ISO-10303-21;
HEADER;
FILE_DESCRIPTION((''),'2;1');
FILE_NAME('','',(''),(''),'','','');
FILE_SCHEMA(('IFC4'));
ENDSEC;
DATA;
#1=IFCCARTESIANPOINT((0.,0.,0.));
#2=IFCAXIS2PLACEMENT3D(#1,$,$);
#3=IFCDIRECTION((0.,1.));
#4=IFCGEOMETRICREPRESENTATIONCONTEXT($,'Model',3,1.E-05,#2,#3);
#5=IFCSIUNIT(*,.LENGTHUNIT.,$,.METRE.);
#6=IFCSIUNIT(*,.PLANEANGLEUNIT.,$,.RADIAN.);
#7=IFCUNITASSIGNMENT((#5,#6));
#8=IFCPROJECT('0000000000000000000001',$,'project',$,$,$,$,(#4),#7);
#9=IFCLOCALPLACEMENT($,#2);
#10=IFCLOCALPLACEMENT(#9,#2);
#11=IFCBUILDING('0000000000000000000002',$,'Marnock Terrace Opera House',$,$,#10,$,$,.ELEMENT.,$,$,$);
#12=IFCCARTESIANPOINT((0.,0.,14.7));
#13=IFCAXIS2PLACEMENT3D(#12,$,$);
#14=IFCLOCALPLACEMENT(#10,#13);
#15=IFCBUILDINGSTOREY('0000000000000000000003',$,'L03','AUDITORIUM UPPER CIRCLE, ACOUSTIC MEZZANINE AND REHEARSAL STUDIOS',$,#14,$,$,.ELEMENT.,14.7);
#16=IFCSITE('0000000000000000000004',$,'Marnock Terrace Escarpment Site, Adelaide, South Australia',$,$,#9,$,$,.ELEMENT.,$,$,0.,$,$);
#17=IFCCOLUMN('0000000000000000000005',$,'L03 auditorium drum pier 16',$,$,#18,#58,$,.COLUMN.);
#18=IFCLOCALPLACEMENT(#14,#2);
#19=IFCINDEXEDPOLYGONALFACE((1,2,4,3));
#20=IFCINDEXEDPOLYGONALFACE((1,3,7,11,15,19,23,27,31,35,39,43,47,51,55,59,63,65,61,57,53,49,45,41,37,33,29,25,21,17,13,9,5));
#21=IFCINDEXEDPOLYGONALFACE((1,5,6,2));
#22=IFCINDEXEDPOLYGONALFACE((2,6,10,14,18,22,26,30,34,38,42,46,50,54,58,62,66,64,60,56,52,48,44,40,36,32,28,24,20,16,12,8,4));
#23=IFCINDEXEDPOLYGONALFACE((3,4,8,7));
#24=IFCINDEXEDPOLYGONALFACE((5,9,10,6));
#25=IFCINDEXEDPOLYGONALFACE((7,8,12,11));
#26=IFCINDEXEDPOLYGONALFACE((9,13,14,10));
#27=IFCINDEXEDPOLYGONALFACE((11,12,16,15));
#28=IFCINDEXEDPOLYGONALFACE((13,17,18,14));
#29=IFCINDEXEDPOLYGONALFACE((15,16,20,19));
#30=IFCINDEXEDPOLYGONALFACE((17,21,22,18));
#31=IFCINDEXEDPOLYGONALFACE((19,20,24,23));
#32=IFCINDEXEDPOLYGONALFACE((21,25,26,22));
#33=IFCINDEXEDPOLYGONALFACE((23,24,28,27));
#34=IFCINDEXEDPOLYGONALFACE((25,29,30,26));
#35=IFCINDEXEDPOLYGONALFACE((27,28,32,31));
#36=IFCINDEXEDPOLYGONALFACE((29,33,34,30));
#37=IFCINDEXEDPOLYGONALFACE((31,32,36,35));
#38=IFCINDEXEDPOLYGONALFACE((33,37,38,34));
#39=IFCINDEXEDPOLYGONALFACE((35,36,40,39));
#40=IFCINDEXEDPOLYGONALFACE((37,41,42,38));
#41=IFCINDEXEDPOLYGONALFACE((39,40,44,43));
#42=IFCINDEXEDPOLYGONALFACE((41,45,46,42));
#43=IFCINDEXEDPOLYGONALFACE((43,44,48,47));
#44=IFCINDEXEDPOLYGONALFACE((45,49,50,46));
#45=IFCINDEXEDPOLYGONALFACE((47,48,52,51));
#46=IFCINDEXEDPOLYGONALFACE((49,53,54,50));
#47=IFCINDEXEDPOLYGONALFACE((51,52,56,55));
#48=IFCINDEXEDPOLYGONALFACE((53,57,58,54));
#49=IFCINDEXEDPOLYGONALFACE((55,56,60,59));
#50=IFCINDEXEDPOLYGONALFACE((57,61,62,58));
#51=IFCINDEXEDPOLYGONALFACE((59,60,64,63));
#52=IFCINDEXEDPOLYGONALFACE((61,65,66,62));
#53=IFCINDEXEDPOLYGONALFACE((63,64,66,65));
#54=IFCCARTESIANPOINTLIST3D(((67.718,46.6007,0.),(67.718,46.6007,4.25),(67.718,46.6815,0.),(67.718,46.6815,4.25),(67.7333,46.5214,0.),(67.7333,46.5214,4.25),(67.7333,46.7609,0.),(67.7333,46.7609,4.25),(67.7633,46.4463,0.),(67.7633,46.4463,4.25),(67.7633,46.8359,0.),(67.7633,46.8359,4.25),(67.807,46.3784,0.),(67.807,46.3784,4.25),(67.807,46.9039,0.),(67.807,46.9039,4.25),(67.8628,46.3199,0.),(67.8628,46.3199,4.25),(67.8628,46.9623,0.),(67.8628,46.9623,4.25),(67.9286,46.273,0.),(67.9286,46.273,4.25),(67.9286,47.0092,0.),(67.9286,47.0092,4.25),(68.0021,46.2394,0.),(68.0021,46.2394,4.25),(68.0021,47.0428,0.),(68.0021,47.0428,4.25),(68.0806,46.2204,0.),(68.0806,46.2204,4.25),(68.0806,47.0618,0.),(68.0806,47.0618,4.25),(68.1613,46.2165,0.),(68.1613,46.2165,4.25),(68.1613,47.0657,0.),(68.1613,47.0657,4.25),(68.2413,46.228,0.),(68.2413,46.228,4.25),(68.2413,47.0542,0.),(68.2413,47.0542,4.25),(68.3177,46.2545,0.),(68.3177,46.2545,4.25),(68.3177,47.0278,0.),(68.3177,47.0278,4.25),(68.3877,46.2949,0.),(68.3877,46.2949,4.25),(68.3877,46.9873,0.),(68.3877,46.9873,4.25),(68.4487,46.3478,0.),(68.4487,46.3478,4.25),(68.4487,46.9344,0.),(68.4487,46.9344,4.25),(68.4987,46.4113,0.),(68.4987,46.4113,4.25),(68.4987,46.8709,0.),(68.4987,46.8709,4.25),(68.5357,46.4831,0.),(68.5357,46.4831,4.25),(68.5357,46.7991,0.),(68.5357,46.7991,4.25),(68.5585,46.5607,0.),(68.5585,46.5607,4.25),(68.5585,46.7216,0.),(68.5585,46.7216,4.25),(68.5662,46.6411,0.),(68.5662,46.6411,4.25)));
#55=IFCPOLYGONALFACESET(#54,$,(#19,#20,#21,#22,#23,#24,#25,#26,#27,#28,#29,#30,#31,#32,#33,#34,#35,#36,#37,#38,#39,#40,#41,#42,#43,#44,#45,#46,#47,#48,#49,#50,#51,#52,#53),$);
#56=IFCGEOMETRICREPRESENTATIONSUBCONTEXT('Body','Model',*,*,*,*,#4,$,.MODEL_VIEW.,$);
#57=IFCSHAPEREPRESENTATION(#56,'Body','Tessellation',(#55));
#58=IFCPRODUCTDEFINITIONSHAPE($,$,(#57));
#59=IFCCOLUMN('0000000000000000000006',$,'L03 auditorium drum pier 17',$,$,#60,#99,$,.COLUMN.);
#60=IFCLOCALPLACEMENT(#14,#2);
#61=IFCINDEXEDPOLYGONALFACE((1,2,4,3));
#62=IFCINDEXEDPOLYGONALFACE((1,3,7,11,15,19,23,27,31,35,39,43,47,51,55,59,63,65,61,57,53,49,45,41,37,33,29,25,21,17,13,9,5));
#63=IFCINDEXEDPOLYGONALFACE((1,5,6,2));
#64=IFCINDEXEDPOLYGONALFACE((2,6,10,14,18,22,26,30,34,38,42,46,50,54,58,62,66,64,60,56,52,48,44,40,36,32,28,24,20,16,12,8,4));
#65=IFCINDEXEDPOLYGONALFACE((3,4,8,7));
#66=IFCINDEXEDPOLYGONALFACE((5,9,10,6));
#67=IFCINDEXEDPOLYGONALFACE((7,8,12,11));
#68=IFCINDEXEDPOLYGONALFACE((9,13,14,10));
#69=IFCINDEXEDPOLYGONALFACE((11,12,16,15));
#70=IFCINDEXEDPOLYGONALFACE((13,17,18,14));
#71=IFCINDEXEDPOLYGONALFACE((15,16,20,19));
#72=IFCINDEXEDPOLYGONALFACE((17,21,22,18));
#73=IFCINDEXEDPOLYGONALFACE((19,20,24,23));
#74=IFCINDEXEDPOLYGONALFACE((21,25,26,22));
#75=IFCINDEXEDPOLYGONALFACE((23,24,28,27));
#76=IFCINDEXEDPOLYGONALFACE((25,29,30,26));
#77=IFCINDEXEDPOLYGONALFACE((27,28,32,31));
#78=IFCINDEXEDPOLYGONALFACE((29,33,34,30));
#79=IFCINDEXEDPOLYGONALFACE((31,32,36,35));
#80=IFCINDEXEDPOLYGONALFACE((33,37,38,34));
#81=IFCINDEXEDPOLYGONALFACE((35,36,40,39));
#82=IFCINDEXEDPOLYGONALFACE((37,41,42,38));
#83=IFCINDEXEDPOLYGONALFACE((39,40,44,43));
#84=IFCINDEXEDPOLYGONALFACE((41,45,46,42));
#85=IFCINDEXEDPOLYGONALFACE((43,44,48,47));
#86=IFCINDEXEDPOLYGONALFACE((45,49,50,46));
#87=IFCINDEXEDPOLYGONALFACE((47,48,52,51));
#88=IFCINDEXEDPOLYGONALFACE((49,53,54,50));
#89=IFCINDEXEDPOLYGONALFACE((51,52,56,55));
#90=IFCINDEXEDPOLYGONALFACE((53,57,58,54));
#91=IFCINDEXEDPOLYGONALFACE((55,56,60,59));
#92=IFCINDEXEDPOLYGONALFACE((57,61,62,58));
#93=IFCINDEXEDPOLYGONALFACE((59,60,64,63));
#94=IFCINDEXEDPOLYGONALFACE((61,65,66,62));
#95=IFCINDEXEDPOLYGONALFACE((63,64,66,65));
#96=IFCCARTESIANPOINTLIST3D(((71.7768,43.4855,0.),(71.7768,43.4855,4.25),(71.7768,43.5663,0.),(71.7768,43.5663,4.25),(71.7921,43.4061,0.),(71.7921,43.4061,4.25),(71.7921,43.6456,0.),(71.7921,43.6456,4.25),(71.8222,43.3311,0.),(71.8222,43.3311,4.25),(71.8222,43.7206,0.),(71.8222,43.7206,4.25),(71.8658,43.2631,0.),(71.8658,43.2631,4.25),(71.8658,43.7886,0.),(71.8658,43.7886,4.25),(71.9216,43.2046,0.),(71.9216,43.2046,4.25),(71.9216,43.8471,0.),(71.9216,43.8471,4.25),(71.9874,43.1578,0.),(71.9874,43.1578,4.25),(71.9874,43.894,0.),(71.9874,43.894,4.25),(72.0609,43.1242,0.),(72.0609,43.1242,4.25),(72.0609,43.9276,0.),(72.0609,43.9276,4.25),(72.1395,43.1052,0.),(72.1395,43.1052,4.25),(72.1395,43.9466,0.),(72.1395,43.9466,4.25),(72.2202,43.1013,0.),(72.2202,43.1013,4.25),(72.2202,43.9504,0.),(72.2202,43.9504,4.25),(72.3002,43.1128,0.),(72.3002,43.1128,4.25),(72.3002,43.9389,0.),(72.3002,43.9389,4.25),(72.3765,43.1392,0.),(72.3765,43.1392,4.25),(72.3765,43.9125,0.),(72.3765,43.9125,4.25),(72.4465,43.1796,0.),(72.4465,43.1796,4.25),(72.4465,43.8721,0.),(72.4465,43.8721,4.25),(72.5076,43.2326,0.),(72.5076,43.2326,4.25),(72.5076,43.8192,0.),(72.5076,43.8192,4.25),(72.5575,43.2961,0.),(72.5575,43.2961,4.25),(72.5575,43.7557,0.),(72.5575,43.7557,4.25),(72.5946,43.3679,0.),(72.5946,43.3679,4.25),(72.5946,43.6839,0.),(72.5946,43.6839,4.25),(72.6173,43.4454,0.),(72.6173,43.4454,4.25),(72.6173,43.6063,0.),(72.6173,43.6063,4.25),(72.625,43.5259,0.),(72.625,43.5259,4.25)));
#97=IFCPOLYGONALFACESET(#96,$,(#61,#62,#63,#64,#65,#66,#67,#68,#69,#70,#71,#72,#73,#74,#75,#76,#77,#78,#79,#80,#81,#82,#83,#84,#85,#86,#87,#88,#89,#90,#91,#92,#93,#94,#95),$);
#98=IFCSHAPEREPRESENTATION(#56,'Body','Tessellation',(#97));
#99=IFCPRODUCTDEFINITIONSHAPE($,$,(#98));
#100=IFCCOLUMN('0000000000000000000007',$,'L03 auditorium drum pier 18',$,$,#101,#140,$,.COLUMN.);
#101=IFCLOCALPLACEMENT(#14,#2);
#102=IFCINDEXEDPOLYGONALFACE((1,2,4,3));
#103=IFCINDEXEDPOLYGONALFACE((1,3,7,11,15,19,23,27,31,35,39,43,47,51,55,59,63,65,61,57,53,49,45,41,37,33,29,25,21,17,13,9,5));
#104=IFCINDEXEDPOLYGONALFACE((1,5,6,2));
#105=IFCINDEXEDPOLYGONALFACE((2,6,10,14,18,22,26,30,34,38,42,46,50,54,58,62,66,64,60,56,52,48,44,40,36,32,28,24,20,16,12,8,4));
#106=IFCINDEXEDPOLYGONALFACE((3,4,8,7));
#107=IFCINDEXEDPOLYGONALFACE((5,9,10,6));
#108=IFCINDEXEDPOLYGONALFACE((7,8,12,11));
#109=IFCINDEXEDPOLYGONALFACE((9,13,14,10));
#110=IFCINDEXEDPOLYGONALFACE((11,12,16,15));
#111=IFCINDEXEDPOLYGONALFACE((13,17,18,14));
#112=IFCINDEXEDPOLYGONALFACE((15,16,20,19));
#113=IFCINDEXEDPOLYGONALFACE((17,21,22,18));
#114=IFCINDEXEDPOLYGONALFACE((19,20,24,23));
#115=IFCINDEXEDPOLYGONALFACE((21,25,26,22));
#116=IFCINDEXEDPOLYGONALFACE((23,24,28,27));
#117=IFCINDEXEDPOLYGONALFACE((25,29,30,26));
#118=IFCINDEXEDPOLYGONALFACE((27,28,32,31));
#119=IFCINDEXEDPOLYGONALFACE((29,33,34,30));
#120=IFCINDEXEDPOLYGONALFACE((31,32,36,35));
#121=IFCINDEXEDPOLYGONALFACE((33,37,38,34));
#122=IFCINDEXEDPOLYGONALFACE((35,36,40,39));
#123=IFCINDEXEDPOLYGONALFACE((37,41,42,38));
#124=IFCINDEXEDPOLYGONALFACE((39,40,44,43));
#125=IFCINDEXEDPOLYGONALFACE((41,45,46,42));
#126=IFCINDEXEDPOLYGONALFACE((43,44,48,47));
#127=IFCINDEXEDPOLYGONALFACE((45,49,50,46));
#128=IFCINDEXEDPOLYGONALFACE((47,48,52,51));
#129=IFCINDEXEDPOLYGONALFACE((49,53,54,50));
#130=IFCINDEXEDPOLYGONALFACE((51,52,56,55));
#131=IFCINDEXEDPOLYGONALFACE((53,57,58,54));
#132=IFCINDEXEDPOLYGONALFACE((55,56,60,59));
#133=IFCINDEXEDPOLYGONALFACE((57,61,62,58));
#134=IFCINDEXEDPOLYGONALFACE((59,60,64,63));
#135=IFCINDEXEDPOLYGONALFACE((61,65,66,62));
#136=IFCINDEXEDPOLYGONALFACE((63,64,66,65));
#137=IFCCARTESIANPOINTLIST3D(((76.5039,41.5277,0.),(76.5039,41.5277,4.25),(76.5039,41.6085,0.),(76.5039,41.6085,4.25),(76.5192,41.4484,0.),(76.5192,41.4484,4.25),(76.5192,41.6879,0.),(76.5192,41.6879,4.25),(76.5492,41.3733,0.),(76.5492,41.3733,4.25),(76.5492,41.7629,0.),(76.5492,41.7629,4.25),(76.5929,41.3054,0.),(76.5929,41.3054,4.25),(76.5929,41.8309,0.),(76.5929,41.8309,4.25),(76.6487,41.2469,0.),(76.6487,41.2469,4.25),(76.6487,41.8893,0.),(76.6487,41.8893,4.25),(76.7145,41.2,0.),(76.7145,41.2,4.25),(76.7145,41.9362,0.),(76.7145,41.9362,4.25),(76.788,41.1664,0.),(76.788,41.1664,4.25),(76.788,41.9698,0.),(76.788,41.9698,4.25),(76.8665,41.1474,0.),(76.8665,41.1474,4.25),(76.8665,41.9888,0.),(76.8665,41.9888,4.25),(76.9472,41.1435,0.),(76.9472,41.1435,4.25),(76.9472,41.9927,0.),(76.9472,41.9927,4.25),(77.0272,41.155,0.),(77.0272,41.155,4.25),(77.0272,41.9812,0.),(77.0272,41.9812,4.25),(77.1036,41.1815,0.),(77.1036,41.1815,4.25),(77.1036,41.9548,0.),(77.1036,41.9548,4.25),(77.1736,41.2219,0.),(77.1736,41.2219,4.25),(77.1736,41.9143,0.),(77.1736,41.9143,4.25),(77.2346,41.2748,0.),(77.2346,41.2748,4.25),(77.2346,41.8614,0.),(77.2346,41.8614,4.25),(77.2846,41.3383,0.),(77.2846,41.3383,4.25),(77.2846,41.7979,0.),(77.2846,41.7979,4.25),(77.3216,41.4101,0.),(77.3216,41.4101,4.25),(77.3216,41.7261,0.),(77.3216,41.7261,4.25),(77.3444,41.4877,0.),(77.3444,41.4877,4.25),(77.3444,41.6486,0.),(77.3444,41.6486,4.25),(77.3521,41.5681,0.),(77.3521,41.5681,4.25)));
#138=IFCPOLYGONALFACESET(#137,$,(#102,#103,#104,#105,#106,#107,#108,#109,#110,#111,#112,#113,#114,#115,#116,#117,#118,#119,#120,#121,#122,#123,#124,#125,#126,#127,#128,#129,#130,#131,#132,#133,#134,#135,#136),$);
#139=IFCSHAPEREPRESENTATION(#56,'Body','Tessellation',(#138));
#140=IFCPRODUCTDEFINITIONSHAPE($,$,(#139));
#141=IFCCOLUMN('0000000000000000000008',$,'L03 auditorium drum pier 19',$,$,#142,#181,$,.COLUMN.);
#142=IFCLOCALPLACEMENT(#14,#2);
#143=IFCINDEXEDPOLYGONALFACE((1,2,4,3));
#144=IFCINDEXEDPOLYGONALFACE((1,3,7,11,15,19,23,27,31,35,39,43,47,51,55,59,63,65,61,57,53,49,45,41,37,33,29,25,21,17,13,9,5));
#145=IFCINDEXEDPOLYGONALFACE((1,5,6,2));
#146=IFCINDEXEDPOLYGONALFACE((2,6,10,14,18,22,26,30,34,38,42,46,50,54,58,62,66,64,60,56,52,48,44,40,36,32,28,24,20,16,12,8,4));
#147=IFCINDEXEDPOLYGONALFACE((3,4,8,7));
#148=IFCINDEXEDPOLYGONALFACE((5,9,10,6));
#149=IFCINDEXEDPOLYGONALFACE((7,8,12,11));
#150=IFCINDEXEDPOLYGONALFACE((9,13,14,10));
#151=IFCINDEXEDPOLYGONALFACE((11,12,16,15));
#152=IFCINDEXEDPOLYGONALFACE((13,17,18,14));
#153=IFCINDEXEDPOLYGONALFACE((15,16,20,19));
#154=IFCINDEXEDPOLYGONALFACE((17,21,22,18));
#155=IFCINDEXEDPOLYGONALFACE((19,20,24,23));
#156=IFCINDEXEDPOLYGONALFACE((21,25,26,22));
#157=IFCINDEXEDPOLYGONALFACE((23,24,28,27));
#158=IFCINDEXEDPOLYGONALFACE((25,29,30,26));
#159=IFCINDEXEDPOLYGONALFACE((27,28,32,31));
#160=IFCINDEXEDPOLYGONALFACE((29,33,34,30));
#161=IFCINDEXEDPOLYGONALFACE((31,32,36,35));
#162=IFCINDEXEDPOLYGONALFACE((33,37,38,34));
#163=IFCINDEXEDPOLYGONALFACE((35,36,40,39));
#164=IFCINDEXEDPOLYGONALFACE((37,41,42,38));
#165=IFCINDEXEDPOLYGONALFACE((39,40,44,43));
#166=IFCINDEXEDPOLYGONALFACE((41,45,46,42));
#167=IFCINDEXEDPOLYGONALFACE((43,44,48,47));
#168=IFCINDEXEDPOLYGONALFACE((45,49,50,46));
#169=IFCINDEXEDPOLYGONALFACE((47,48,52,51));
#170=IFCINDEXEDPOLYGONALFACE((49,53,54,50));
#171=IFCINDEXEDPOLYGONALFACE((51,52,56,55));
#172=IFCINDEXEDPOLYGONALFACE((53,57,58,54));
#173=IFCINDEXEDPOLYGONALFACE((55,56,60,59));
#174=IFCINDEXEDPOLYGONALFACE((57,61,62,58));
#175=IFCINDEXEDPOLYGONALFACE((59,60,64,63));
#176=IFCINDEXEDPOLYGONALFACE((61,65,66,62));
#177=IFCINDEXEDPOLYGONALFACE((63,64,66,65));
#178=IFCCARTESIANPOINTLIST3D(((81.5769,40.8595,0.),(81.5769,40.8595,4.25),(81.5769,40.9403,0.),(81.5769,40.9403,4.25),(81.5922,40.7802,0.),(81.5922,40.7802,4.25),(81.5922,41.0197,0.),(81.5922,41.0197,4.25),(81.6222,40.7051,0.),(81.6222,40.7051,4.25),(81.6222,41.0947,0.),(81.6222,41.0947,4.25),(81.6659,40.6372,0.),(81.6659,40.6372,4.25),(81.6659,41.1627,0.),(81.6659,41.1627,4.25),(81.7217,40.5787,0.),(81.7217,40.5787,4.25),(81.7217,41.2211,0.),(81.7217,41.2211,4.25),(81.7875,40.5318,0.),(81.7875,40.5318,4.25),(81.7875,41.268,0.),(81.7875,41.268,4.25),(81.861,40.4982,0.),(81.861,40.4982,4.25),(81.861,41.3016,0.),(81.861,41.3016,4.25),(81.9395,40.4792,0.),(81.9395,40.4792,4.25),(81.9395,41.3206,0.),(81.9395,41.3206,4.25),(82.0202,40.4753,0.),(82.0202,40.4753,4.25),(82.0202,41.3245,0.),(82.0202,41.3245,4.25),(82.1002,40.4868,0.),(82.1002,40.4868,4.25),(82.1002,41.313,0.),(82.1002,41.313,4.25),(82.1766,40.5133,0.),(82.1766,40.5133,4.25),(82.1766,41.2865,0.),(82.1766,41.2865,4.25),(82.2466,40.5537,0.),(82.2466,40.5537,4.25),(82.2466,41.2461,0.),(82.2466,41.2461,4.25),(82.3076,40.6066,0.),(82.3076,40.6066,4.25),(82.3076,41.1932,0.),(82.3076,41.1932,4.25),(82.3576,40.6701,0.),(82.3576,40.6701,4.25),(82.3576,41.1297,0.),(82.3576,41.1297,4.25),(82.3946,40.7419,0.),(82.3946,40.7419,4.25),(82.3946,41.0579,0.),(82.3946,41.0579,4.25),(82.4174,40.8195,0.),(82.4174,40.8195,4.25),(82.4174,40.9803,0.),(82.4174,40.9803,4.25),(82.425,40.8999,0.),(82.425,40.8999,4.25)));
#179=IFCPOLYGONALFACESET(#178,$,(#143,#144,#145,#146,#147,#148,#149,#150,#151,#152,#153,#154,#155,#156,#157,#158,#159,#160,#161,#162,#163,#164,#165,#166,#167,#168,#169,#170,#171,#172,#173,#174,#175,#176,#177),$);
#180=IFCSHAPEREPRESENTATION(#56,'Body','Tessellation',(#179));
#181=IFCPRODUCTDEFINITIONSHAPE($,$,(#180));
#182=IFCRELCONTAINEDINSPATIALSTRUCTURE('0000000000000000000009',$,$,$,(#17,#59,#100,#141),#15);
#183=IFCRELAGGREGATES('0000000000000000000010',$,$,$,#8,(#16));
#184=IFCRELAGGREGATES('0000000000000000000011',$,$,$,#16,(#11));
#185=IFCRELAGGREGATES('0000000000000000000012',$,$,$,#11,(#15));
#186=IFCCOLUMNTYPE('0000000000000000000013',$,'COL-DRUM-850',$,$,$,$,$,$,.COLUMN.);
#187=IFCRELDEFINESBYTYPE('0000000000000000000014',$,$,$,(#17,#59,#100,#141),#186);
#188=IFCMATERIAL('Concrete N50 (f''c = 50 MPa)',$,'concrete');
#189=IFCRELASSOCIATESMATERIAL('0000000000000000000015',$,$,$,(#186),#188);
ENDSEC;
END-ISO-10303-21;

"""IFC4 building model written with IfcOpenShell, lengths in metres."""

from ifc_helpers import new_model, si_unit, direction, frame, origin, origin_2d, place, context, subcontext, project, spatial, circle, extrude, material, material_profile, profile_set, type_object, element, save


model = new_model("IFC4")

# Units and contexts
model_context = context("Model", 3, precision=1e-05, world=origin(), true_north=direction((0.0, 1.0)))
body_context = subcontext(model_context, "Body", "Model", "MODEL_VIEW")
ifc_project = project(units=[si_unit("LENGTHUNIT", "METRE"), si_unit("PLANEANGLEUNIT", "RADIAN")], contexts=[model_context])

# Site, building, storey
site_placement = place(None, origin())
site = spatial("IfcSite", under=ifc_project, at=site_placement, Name="Marnock Terrace Escarpment Site, Adelaide, South Australia", CompositionType="ELEMENT", RefElevation=0.0)
building_placement = place(site_placement, origin())
building = spatial("IfcBuilding", under=site, at=building_placement, Name="Marnock Terrace Opera House", CompositionType="ELEMENT")
storey_placement = place(building_placement, frame((0.0, 0.0, 14.7)))
storey = spatial("IfcBuildingStorey", under=building, at=storey_placement, Name="L03", Description="AUDITORIUM UPPER CIRCLE, ACOUSTIC MEZZANINE AND REHEARSAL STUDIOS", CompositionType="ELEMENT", Elevation=14.7)

# Columns
ifc_material_1 = material(Name="Concrete N50 (f'c = 50 MPa)", Category="concrete")
ifc_material_profile_1 = material_profile(ifc_material_1, circle(Radius=0.425, at=origin_2d()))
ifc_profile_set_1 = profile_set([ifc_material_profile_1], Name="Concrete N50 (f'c = 50 MPa)")
column_type_1 = type_object("IfcColumnType", Name="COL-DRUM-850", PredefinedType="COLUMN", material=ifc_profile_set_1)
for number, where, z_axis, x_axis, name in (
    (1, (68.1411, 46.6411, 0.0), (0.0, 0.0, 1.0), (1.0, 0.0, 0.0), "L03 auditorium drum pier 16"),
    (2, (72.2, 43.5259, 0.0), (0.0, 0.0, 1.0), (1.0, 0.0, 0.0), "L03 auditorium drum pier 17"),
    (3, (76.927, 41.5681, 0.0), (0.0, 0.0, 1.0), (1.0, 0.0, 0.0), "L03 auditorium drum pier 18"),
    (4, (82.0, 40.8999, 0.0), (0.0, 0.0, 1.0), (1.0, 0.0, 0.0), "L03 auditorium drum pier 19"),
):
    element("IfcColumn", number, at=place(storey_placement, frame(where, z_axis=z_axis, x_axis=x_axis)), inside=storey, type_object=column_type_1, Name=name, PredefinedType="COLUMN", context=body_context, shape_type="SweptSolid", body=[
        extrude(circle(Radius=0.425, at=origin_2d()), origin(), (0.0, 0.0, 1.0), 4.25),
    ])

save(model, "model.ifc")
